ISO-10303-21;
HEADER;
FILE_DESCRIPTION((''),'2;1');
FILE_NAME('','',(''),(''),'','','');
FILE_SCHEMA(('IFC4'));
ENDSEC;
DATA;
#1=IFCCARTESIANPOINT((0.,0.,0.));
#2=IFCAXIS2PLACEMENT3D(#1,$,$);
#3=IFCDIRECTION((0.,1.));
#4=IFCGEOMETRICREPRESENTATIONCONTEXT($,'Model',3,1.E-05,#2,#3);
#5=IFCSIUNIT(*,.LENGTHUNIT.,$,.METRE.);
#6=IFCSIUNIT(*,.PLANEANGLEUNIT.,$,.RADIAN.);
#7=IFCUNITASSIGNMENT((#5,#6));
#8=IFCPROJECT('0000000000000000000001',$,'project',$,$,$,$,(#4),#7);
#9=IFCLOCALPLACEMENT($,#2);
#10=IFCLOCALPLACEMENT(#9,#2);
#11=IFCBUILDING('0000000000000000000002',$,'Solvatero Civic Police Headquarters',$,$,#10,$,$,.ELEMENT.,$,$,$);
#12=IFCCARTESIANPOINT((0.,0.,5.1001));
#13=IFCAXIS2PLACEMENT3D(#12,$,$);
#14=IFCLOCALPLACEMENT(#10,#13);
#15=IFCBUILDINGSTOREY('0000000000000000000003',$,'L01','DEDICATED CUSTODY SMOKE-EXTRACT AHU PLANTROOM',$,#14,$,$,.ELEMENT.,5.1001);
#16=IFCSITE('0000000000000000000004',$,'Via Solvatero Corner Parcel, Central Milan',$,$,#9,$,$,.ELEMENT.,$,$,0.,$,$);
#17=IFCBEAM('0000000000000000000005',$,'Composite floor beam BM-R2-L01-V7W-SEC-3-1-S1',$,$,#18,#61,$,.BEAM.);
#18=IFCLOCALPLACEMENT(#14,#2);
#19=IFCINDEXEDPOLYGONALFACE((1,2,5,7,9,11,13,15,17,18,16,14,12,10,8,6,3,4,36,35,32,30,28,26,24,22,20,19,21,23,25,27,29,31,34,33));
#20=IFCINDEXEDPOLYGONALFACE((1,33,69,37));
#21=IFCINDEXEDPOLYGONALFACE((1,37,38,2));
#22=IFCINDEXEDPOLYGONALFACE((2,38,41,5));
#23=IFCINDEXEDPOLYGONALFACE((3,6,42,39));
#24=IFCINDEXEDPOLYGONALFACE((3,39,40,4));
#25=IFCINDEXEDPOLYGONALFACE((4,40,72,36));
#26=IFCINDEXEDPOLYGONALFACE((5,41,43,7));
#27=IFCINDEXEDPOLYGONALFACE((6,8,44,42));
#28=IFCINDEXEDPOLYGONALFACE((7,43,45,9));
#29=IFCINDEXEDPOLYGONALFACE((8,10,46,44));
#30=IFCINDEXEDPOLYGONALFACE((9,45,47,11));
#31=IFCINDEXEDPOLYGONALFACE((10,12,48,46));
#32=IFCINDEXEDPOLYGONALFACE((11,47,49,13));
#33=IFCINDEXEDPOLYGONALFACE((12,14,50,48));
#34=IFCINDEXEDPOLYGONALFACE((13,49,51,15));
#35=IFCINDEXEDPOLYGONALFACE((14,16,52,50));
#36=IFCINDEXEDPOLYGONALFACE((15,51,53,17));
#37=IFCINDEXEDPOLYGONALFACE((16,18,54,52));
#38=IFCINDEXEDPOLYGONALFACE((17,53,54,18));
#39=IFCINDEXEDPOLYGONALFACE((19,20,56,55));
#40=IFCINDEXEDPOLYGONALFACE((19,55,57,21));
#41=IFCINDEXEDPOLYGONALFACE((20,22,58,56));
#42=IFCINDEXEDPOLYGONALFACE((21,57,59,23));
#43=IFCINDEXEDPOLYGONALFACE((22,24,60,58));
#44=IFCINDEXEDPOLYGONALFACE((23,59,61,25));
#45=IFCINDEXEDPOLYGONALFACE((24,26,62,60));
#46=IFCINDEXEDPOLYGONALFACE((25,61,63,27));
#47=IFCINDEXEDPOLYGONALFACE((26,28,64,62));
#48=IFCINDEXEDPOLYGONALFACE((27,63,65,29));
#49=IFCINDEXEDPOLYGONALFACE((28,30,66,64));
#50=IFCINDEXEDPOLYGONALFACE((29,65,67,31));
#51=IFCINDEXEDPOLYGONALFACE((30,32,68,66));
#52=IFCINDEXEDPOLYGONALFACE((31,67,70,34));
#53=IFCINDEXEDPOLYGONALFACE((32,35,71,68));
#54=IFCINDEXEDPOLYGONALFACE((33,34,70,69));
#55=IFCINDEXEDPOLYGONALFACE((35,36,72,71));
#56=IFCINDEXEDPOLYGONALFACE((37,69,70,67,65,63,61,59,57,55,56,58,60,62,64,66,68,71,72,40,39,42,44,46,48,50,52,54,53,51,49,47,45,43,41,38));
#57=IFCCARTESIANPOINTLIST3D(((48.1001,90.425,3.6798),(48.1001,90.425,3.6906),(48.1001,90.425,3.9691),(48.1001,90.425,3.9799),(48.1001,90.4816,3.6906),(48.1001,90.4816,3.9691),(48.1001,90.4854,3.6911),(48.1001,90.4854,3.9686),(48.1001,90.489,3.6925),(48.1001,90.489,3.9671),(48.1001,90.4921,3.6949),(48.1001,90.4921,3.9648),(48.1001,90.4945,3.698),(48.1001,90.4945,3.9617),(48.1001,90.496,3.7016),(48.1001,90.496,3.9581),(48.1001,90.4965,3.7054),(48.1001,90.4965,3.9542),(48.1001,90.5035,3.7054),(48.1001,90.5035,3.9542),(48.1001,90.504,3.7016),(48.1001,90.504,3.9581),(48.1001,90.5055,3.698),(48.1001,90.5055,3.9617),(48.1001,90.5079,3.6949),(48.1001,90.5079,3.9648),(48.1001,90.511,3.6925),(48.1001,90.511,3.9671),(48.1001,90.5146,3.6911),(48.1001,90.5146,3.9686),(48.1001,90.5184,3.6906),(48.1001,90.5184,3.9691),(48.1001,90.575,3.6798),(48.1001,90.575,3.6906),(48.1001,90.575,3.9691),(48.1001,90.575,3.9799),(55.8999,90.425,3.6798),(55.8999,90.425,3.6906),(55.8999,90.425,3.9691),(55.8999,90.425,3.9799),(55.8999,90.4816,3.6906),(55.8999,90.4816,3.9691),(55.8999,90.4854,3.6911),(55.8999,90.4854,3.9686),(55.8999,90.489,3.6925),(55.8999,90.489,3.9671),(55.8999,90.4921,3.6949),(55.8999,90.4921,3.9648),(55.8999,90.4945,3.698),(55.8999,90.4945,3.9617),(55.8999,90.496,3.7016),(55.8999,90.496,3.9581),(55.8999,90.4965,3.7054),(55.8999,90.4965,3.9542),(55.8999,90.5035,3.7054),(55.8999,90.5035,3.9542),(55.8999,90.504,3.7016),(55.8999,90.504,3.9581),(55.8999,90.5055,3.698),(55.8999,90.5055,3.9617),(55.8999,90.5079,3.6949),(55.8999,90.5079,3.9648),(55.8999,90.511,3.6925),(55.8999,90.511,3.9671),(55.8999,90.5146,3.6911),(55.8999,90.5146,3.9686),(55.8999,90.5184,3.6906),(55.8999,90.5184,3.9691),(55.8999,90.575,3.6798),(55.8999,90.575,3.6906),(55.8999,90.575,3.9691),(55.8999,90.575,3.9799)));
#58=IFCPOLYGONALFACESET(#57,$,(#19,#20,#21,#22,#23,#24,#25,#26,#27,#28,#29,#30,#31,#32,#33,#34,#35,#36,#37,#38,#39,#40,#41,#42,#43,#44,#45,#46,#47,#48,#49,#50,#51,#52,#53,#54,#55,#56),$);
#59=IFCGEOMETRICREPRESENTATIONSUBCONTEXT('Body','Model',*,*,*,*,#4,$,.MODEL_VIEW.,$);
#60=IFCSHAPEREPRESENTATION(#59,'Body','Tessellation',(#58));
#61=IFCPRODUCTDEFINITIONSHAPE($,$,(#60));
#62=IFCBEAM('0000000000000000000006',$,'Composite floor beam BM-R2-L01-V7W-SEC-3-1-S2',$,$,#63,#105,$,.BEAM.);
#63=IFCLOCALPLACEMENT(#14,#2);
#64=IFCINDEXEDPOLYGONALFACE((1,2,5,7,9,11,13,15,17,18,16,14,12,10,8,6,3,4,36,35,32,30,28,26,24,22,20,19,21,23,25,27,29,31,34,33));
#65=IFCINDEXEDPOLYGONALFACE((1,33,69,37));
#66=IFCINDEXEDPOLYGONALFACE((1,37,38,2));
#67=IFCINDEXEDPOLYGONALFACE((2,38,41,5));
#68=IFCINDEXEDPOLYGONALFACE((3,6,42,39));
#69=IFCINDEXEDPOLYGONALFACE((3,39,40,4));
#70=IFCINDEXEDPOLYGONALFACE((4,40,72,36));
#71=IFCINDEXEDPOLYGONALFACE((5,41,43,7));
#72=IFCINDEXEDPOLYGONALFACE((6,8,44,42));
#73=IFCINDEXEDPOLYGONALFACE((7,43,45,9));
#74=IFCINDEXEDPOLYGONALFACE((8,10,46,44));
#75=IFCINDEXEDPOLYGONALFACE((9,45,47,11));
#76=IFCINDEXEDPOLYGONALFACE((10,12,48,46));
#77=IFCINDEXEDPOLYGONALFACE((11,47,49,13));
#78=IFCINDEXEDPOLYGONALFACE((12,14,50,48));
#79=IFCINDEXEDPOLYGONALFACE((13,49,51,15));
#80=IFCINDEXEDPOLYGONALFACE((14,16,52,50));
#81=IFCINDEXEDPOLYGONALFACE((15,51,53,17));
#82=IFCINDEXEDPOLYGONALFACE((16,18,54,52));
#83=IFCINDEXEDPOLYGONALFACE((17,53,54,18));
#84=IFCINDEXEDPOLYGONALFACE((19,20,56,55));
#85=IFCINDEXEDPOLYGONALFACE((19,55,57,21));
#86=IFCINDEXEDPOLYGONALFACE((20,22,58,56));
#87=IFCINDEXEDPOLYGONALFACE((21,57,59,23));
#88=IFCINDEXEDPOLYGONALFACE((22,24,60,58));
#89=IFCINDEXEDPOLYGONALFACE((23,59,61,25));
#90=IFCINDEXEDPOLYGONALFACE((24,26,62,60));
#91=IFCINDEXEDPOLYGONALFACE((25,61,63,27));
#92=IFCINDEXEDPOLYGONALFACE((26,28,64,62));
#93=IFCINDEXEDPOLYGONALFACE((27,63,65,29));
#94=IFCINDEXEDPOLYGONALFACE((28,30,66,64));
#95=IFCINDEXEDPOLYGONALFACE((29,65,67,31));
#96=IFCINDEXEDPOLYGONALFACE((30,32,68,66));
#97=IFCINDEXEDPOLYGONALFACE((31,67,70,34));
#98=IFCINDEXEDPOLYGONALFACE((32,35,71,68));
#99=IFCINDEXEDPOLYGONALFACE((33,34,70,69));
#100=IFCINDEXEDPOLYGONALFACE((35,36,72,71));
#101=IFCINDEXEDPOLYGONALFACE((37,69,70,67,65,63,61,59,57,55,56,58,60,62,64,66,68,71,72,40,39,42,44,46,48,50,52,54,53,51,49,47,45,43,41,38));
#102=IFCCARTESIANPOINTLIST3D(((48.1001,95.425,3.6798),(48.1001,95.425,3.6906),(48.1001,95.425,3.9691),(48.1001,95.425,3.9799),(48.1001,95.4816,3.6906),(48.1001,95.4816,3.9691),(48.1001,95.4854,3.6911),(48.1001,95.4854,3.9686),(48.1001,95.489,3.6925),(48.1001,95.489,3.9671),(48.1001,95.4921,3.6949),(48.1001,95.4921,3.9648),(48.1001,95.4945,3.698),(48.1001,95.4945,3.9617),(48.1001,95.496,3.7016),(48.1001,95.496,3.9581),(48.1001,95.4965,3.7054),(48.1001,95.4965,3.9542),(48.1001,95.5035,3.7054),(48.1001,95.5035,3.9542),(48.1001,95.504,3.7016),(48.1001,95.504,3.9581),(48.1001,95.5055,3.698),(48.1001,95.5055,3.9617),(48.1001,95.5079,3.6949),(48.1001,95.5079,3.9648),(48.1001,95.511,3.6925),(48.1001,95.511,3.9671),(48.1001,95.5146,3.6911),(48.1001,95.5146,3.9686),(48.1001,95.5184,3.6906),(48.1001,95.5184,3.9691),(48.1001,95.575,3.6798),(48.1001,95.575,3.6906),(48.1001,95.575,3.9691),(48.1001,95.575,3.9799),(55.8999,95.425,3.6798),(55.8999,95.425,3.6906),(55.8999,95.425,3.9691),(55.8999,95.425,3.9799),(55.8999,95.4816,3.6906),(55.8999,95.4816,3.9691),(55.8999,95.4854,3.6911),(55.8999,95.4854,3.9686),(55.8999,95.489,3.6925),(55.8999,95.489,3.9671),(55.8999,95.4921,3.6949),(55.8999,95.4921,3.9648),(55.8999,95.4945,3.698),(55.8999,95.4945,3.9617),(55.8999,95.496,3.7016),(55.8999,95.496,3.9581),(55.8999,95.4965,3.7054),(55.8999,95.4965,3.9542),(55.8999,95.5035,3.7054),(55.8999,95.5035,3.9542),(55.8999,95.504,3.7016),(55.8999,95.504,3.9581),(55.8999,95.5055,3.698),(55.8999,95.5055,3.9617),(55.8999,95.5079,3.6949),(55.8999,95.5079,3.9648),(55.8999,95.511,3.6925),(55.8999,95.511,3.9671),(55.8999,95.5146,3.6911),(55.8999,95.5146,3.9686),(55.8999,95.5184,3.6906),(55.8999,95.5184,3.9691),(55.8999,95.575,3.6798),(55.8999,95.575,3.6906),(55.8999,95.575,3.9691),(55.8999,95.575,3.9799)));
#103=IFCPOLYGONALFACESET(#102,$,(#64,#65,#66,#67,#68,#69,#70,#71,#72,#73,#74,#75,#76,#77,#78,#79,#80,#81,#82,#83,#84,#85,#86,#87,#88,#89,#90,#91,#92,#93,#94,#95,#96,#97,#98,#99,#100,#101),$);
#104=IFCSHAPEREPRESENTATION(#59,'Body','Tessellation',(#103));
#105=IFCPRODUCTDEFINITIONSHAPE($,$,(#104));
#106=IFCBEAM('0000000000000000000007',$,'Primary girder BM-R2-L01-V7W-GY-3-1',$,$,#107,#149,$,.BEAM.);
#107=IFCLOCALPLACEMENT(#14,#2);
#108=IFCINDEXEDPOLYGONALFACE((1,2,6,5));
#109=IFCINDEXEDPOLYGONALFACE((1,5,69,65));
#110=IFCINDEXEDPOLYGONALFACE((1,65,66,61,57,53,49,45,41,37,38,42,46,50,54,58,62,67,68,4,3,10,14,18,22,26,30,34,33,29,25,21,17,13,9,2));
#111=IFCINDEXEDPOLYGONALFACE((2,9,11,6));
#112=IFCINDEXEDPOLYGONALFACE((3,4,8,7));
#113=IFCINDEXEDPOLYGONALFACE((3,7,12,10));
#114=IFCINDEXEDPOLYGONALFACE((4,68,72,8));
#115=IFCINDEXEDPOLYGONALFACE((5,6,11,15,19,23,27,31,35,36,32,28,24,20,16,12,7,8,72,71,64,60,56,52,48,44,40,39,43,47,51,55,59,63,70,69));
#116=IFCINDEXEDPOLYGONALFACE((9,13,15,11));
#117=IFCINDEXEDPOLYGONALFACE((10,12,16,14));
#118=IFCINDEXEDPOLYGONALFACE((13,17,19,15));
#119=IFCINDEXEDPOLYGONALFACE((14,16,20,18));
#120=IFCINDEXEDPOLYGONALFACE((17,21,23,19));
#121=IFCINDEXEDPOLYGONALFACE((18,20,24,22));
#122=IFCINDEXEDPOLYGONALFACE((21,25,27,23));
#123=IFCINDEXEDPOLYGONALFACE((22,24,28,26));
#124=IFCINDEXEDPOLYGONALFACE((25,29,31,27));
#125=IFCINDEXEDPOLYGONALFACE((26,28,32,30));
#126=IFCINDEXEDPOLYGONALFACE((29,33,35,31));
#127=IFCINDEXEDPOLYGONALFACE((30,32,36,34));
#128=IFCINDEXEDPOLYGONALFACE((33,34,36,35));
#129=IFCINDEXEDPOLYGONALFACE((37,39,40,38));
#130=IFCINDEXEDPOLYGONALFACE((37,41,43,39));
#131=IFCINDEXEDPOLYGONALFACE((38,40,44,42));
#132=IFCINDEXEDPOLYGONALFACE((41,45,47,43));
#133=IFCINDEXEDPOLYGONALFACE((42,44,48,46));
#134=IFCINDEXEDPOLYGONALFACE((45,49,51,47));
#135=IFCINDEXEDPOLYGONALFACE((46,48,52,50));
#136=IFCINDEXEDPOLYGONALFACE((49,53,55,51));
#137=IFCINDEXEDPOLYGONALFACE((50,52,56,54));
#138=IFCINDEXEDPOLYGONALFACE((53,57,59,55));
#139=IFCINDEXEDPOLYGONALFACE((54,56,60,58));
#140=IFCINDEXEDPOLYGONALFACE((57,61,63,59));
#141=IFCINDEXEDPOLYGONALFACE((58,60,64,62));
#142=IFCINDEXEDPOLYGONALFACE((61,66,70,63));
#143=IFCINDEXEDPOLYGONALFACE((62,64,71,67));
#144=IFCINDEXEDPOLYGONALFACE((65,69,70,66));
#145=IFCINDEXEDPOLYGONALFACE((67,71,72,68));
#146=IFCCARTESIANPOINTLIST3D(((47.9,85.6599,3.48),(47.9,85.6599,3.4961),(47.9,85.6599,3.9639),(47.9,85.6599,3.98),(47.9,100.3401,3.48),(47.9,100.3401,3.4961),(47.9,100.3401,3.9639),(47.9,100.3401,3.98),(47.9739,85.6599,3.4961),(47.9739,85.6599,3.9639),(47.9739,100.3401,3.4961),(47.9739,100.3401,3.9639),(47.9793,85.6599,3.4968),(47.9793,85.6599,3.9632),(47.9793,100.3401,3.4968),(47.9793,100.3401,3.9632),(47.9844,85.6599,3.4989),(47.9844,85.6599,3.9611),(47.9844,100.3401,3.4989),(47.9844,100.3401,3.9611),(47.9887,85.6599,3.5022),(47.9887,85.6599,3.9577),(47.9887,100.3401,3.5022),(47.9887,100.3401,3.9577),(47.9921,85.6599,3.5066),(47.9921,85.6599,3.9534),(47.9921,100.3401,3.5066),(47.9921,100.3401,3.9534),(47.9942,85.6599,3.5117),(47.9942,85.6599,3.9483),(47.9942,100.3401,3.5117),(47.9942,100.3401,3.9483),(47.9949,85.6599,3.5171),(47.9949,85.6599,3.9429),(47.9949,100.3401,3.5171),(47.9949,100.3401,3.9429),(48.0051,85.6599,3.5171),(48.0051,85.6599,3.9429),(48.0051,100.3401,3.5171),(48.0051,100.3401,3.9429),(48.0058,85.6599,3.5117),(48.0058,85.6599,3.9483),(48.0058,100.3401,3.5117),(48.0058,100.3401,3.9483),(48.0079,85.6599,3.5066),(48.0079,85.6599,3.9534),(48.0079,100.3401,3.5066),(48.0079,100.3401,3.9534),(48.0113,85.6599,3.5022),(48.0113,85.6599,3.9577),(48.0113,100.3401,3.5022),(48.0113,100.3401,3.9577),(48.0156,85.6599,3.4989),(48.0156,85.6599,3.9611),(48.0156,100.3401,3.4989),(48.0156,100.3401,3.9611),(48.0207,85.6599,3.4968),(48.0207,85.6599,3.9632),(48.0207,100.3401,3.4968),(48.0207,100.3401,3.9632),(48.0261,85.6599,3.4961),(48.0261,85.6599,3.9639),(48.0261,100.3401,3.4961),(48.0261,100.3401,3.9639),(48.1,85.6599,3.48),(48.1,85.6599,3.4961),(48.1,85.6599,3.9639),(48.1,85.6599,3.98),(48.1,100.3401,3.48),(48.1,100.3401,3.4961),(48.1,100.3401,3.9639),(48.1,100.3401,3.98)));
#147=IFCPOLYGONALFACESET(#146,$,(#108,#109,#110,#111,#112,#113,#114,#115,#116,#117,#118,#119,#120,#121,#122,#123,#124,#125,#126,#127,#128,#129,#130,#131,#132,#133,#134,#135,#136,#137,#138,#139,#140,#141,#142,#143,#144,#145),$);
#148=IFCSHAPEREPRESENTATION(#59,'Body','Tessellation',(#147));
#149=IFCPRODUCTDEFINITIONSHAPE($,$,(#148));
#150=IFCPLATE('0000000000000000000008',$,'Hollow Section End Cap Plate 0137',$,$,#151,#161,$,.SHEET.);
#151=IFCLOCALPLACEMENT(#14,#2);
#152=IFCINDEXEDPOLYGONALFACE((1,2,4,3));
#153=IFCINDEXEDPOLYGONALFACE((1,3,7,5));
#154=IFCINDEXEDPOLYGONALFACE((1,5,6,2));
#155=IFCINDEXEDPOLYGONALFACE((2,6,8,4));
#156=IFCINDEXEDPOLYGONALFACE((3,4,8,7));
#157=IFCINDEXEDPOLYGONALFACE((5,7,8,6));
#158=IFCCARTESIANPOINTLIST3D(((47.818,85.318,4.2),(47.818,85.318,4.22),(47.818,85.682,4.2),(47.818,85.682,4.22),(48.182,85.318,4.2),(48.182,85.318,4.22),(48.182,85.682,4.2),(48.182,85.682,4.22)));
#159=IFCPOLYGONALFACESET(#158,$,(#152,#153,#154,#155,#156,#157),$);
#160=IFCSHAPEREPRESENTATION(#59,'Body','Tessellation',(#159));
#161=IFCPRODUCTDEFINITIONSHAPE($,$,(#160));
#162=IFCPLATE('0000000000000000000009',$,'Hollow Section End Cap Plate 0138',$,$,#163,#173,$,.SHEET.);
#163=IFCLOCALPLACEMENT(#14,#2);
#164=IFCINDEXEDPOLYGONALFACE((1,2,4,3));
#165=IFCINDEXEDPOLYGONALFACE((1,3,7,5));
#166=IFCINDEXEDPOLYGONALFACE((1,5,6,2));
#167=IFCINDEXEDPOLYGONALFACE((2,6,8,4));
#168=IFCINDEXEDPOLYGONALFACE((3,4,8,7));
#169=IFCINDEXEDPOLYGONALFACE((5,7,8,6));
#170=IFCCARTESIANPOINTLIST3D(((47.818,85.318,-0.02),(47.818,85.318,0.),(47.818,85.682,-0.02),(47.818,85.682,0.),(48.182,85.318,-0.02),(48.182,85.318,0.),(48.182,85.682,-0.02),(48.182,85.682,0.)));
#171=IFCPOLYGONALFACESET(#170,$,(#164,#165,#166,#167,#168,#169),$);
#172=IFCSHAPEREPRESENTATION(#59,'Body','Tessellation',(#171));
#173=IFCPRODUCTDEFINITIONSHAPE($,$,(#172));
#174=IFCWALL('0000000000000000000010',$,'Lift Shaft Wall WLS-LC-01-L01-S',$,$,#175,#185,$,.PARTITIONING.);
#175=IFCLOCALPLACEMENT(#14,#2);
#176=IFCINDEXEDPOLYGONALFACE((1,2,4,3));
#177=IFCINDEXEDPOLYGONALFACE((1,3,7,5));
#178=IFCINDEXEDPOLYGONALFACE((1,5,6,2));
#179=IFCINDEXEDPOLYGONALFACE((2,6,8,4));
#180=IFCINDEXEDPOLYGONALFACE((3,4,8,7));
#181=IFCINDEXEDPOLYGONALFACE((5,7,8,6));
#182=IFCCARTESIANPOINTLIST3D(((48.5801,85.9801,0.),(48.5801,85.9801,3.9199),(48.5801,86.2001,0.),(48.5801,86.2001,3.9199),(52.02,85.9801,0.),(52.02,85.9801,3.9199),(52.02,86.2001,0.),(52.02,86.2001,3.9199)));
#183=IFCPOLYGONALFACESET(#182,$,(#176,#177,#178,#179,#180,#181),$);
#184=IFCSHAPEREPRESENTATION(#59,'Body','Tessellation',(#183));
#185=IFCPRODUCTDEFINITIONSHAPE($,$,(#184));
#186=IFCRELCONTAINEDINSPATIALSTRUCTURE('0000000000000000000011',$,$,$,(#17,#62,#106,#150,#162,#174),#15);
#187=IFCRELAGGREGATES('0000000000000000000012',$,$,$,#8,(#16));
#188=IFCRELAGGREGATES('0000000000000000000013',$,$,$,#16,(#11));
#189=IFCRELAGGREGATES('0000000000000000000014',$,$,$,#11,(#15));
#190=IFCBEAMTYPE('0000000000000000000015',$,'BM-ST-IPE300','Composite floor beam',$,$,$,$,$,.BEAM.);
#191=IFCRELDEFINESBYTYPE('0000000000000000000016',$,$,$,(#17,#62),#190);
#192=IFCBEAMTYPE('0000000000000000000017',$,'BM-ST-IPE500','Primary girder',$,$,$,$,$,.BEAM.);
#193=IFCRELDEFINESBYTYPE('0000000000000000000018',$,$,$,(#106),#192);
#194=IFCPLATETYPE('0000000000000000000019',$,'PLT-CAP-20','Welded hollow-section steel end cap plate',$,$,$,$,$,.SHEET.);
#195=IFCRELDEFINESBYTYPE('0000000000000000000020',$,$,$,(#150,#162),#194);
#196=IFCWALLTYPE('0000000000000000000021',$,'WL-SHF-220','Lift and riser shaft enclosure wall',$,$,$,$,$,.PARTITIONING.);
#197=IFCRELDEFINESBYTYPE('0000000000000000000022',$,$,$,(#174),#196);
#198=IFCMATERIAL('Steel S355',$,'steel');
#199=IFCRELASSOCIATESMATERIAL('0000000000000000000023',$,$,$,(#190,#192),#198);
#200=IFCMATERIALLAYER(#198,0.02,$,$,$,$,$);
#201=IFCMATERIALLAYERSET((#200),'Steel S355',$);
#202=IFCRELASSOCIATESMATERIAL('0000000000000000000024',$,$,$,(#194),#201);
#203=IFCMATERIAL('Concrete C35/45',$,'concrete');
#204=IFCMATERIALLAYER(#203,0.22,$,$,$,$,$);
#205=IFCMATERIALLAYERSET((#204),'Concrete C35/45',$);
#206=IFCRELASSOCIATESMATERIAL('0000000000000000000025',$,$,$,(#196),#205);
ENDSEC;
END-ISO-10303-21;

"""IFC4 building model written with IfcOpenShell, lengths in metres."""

from ifc_helpers import new_model, si_unit, direction, frame, frame_2d, origin, origin_2d, place, context, subcontext, project, spatial, rectangle, i_section, extrude, material, layer, layer_set, material_profile, profile_set, type_object, element, save


model = new_model("IFC4")

# Units and contexts
model_context = context("Model", 3, precision=1e-05, world=origin(), true_north=direction((0.0, 1.0)))
body_context = subcontext(model_context, "Body", "Model", "MODEL_VIEW")
ifc_project = project(units=[si_unit("LENGTHUNIT", "METRE"), si_unit("PLANEANGLEUNIT", "RADIAN")], contexts=[model_context])

# Site, building, storey
site_placement = place(None, origin())
site = spatial("IfcSite", under=ifc_project, at=site_placement, Name="Via Solvatero Corner Parcel, Central Milan", CompositionType="ELEMENT", RefElevation=0.0)
building_placement = place(site_placement, origin())
building = spatial("IfcBuilding", under=site, at=building_placement, Name="Solvatero Civic Police Headquarters", CompositionType="ELEMENT")
storey_placement = place(building_placement, frame((0.0, 0.0, 5.1001)))
storey = spatial("IfcBuildingStorey", under=building, at=storey_placement, Name="L01", Description="DEDICATED CUSTODY SMOKE-EXTRACT AHU PLANTROOM", CompositionType="ELEMENT", Elevation=5.1001)

# Shared definitions
ifc_material_1 = material(Name="Steel S355", Category="steel")

# Beams
ifc_material_profile_1 = material_profile(ifc_material_1, i_section(OverallWidth=0.1499, OverallDepth=0.3, WebThickness=0.0071, FlangeThickness=0.0107, FilletRadius=0.0149, at=origin_2d()), Name="IPE 300")
ifc_profile_set_1 = profile_set([ifc_material_profile_1], Name="Steel S355")
beam_type_1 = type_object("IfcBeamType", Name="BM-ST-IPE300", Description="Composite floor beam", PredefinedType="BEAM", material=ifc_profile_set_1)
for number, where, z_axis, x_axis, name in (
    (1, (48.1001, 90.5, 3.8298), (1.0, 0.0, 0.0), (0.0, 1.0, 0.0), "Composite floor beam BM-R2-L01-V7W-SEC-3-1-S1"),
    (2, (48.1001, 95.5, 3.8298), (1.0, 0.0, 0.0), (0.0, 1.0, 0.0), "Composite floor beam BM-R2-L01-V7W-SEC-3-1-S2"),
):
    element("IfcBeam", number, at=place(storey_placement, frame(where, z_axis=z_axis, x_axis=x_axis)), inside=storey, type_object=beam_type_1, Name=name, PredefinedType="BEAM", context=body_context, shape_type="SweptSolid", body=[
        extrude(i_section(OverallWidth=0.1499, OverallDepth=0.3, WebThickness=0.0071, FlangeThickness=0.0107, FilletRadius=0.0149, at=origin_2d()), origin(), (0.0, 0.0, 1.0), 7.7998),
    ])
ifc_material_profile_2 = material_profile(ifc_material_1, i_section(OverallWidth=0.2, OverallDepth=0.5, WebThickness=0.0103, FlangeThickness=0.0161, FilletRadius=0.021, at=origin_2d()), Name="IPE 500")
ifc_profile_set_2 = profile_set([ifc_material_profile_2], Name="Steel S355")
beam_type_2 = type_object("IfcBeamType", Name="BM-ST-IPE500", Description="Primary girder", PredefinedType="BEAM", material=ifc_profile_set_2)
beam_1_placement = place(storey_placement, frame((48.0, 85.6599, 3.73), z_axis=(0.0, 1.0, 0.0), x_axis=(-1.0, 0.0, 0.0)))
element("IfcBeam", 3, at=beam_1_placement, inside=storey, type_object=beam_type_2, Name="Primary girder BM-R2-L01-V7W-GY-3-1", PredefinedType="BEAM", context=body_context, shape_type="SweptSolid", body=[
    extrude(i_section(OverallWidth=0.2, OverallDepth=0.5, WebThickness=0.0103, FlangeThickness=0.0161, FilletRadius=0.021, at=origin_2d()), origin(), (0.0, 0.0, 1.0), 14.6802),
])

# Plates
ifc_layer_1 = layer(ifc_material_1, 0.02)
ifc_layer_set_1 = layer_set([ifc_layer_1], Name="Steel S355")
plate_type = type_object("IfcPlateType", Name="PLT-CAP-20", Description="Welded hollow-section steel end cap plate", PredefinedType="SHEET", material=ifc_layer_set_1)
for number, where, z_axis, x_axis, name in (
    (4, (48.0, 85.5, 4.2), (0.0, 0.0, 1.0), (1.0, 0.0, 0.0), "Hollow Section End Cap Plate 0137"),
    (5, (48.0, 85.5, -0.02), (0.0, 0.0, 1.0), (1.0, 0.0, 0.0), "Hollow Section End Cap Plate 0138"),
):
    element("IfcPlate", number, at=place(storey_placement, frame(where, z_axis=z_axis, x_axis=x_axis)), inside=storey, type_object=plate_type, Name=name, PredefinedType="SHEET", context=body_context, shape_type="SweptSolid", body=[
        extrude(rectangle(XDim=0.364, YDim=0.364, at=origin_2d()), origin(), (0.0, 0.0, 1.0), 0.02),
    ])

# Wall
ifc_material_2 = material(Name="Concrete C35/45", Category="concrete")
ifc_layer_2 = layer(ifc_material_2, 0.22)
ifc_layer_set_2 = layer_set([ifc_layer_2], Name="Concrete C35/45")
wall_type = type_object("IfcWallType", Name="WL-SHF-220", Description="Lift and riser shaft enclosure wall", PredefinedType="PARTITIONING", material=ifc_layer_set_2)
wall_1_placement = place(storey_placement, frame((48.5801, 86.0901, 0.0), z_axis=(0.0, 0.0, 1.0), x_axis=(1.0, 0.0, 0.0)))
element("IfcWall", 6, at=wall_1_placement, inside=storey, type_object=wall_type, Name="Lift Shaft Wall WLS-LC-01-L01-S", PredefinedType="PARTITIONING", context=body_context, shape_type="SweptSolid", body=[
    extrude(rectangle(XDim=3.4399, YDim=0.22, at=frame_2d((1.72, 0.0))), origin(), (0.0, 0.0, 1.0), 3.9199),
])

save(model, "model.ifc")
